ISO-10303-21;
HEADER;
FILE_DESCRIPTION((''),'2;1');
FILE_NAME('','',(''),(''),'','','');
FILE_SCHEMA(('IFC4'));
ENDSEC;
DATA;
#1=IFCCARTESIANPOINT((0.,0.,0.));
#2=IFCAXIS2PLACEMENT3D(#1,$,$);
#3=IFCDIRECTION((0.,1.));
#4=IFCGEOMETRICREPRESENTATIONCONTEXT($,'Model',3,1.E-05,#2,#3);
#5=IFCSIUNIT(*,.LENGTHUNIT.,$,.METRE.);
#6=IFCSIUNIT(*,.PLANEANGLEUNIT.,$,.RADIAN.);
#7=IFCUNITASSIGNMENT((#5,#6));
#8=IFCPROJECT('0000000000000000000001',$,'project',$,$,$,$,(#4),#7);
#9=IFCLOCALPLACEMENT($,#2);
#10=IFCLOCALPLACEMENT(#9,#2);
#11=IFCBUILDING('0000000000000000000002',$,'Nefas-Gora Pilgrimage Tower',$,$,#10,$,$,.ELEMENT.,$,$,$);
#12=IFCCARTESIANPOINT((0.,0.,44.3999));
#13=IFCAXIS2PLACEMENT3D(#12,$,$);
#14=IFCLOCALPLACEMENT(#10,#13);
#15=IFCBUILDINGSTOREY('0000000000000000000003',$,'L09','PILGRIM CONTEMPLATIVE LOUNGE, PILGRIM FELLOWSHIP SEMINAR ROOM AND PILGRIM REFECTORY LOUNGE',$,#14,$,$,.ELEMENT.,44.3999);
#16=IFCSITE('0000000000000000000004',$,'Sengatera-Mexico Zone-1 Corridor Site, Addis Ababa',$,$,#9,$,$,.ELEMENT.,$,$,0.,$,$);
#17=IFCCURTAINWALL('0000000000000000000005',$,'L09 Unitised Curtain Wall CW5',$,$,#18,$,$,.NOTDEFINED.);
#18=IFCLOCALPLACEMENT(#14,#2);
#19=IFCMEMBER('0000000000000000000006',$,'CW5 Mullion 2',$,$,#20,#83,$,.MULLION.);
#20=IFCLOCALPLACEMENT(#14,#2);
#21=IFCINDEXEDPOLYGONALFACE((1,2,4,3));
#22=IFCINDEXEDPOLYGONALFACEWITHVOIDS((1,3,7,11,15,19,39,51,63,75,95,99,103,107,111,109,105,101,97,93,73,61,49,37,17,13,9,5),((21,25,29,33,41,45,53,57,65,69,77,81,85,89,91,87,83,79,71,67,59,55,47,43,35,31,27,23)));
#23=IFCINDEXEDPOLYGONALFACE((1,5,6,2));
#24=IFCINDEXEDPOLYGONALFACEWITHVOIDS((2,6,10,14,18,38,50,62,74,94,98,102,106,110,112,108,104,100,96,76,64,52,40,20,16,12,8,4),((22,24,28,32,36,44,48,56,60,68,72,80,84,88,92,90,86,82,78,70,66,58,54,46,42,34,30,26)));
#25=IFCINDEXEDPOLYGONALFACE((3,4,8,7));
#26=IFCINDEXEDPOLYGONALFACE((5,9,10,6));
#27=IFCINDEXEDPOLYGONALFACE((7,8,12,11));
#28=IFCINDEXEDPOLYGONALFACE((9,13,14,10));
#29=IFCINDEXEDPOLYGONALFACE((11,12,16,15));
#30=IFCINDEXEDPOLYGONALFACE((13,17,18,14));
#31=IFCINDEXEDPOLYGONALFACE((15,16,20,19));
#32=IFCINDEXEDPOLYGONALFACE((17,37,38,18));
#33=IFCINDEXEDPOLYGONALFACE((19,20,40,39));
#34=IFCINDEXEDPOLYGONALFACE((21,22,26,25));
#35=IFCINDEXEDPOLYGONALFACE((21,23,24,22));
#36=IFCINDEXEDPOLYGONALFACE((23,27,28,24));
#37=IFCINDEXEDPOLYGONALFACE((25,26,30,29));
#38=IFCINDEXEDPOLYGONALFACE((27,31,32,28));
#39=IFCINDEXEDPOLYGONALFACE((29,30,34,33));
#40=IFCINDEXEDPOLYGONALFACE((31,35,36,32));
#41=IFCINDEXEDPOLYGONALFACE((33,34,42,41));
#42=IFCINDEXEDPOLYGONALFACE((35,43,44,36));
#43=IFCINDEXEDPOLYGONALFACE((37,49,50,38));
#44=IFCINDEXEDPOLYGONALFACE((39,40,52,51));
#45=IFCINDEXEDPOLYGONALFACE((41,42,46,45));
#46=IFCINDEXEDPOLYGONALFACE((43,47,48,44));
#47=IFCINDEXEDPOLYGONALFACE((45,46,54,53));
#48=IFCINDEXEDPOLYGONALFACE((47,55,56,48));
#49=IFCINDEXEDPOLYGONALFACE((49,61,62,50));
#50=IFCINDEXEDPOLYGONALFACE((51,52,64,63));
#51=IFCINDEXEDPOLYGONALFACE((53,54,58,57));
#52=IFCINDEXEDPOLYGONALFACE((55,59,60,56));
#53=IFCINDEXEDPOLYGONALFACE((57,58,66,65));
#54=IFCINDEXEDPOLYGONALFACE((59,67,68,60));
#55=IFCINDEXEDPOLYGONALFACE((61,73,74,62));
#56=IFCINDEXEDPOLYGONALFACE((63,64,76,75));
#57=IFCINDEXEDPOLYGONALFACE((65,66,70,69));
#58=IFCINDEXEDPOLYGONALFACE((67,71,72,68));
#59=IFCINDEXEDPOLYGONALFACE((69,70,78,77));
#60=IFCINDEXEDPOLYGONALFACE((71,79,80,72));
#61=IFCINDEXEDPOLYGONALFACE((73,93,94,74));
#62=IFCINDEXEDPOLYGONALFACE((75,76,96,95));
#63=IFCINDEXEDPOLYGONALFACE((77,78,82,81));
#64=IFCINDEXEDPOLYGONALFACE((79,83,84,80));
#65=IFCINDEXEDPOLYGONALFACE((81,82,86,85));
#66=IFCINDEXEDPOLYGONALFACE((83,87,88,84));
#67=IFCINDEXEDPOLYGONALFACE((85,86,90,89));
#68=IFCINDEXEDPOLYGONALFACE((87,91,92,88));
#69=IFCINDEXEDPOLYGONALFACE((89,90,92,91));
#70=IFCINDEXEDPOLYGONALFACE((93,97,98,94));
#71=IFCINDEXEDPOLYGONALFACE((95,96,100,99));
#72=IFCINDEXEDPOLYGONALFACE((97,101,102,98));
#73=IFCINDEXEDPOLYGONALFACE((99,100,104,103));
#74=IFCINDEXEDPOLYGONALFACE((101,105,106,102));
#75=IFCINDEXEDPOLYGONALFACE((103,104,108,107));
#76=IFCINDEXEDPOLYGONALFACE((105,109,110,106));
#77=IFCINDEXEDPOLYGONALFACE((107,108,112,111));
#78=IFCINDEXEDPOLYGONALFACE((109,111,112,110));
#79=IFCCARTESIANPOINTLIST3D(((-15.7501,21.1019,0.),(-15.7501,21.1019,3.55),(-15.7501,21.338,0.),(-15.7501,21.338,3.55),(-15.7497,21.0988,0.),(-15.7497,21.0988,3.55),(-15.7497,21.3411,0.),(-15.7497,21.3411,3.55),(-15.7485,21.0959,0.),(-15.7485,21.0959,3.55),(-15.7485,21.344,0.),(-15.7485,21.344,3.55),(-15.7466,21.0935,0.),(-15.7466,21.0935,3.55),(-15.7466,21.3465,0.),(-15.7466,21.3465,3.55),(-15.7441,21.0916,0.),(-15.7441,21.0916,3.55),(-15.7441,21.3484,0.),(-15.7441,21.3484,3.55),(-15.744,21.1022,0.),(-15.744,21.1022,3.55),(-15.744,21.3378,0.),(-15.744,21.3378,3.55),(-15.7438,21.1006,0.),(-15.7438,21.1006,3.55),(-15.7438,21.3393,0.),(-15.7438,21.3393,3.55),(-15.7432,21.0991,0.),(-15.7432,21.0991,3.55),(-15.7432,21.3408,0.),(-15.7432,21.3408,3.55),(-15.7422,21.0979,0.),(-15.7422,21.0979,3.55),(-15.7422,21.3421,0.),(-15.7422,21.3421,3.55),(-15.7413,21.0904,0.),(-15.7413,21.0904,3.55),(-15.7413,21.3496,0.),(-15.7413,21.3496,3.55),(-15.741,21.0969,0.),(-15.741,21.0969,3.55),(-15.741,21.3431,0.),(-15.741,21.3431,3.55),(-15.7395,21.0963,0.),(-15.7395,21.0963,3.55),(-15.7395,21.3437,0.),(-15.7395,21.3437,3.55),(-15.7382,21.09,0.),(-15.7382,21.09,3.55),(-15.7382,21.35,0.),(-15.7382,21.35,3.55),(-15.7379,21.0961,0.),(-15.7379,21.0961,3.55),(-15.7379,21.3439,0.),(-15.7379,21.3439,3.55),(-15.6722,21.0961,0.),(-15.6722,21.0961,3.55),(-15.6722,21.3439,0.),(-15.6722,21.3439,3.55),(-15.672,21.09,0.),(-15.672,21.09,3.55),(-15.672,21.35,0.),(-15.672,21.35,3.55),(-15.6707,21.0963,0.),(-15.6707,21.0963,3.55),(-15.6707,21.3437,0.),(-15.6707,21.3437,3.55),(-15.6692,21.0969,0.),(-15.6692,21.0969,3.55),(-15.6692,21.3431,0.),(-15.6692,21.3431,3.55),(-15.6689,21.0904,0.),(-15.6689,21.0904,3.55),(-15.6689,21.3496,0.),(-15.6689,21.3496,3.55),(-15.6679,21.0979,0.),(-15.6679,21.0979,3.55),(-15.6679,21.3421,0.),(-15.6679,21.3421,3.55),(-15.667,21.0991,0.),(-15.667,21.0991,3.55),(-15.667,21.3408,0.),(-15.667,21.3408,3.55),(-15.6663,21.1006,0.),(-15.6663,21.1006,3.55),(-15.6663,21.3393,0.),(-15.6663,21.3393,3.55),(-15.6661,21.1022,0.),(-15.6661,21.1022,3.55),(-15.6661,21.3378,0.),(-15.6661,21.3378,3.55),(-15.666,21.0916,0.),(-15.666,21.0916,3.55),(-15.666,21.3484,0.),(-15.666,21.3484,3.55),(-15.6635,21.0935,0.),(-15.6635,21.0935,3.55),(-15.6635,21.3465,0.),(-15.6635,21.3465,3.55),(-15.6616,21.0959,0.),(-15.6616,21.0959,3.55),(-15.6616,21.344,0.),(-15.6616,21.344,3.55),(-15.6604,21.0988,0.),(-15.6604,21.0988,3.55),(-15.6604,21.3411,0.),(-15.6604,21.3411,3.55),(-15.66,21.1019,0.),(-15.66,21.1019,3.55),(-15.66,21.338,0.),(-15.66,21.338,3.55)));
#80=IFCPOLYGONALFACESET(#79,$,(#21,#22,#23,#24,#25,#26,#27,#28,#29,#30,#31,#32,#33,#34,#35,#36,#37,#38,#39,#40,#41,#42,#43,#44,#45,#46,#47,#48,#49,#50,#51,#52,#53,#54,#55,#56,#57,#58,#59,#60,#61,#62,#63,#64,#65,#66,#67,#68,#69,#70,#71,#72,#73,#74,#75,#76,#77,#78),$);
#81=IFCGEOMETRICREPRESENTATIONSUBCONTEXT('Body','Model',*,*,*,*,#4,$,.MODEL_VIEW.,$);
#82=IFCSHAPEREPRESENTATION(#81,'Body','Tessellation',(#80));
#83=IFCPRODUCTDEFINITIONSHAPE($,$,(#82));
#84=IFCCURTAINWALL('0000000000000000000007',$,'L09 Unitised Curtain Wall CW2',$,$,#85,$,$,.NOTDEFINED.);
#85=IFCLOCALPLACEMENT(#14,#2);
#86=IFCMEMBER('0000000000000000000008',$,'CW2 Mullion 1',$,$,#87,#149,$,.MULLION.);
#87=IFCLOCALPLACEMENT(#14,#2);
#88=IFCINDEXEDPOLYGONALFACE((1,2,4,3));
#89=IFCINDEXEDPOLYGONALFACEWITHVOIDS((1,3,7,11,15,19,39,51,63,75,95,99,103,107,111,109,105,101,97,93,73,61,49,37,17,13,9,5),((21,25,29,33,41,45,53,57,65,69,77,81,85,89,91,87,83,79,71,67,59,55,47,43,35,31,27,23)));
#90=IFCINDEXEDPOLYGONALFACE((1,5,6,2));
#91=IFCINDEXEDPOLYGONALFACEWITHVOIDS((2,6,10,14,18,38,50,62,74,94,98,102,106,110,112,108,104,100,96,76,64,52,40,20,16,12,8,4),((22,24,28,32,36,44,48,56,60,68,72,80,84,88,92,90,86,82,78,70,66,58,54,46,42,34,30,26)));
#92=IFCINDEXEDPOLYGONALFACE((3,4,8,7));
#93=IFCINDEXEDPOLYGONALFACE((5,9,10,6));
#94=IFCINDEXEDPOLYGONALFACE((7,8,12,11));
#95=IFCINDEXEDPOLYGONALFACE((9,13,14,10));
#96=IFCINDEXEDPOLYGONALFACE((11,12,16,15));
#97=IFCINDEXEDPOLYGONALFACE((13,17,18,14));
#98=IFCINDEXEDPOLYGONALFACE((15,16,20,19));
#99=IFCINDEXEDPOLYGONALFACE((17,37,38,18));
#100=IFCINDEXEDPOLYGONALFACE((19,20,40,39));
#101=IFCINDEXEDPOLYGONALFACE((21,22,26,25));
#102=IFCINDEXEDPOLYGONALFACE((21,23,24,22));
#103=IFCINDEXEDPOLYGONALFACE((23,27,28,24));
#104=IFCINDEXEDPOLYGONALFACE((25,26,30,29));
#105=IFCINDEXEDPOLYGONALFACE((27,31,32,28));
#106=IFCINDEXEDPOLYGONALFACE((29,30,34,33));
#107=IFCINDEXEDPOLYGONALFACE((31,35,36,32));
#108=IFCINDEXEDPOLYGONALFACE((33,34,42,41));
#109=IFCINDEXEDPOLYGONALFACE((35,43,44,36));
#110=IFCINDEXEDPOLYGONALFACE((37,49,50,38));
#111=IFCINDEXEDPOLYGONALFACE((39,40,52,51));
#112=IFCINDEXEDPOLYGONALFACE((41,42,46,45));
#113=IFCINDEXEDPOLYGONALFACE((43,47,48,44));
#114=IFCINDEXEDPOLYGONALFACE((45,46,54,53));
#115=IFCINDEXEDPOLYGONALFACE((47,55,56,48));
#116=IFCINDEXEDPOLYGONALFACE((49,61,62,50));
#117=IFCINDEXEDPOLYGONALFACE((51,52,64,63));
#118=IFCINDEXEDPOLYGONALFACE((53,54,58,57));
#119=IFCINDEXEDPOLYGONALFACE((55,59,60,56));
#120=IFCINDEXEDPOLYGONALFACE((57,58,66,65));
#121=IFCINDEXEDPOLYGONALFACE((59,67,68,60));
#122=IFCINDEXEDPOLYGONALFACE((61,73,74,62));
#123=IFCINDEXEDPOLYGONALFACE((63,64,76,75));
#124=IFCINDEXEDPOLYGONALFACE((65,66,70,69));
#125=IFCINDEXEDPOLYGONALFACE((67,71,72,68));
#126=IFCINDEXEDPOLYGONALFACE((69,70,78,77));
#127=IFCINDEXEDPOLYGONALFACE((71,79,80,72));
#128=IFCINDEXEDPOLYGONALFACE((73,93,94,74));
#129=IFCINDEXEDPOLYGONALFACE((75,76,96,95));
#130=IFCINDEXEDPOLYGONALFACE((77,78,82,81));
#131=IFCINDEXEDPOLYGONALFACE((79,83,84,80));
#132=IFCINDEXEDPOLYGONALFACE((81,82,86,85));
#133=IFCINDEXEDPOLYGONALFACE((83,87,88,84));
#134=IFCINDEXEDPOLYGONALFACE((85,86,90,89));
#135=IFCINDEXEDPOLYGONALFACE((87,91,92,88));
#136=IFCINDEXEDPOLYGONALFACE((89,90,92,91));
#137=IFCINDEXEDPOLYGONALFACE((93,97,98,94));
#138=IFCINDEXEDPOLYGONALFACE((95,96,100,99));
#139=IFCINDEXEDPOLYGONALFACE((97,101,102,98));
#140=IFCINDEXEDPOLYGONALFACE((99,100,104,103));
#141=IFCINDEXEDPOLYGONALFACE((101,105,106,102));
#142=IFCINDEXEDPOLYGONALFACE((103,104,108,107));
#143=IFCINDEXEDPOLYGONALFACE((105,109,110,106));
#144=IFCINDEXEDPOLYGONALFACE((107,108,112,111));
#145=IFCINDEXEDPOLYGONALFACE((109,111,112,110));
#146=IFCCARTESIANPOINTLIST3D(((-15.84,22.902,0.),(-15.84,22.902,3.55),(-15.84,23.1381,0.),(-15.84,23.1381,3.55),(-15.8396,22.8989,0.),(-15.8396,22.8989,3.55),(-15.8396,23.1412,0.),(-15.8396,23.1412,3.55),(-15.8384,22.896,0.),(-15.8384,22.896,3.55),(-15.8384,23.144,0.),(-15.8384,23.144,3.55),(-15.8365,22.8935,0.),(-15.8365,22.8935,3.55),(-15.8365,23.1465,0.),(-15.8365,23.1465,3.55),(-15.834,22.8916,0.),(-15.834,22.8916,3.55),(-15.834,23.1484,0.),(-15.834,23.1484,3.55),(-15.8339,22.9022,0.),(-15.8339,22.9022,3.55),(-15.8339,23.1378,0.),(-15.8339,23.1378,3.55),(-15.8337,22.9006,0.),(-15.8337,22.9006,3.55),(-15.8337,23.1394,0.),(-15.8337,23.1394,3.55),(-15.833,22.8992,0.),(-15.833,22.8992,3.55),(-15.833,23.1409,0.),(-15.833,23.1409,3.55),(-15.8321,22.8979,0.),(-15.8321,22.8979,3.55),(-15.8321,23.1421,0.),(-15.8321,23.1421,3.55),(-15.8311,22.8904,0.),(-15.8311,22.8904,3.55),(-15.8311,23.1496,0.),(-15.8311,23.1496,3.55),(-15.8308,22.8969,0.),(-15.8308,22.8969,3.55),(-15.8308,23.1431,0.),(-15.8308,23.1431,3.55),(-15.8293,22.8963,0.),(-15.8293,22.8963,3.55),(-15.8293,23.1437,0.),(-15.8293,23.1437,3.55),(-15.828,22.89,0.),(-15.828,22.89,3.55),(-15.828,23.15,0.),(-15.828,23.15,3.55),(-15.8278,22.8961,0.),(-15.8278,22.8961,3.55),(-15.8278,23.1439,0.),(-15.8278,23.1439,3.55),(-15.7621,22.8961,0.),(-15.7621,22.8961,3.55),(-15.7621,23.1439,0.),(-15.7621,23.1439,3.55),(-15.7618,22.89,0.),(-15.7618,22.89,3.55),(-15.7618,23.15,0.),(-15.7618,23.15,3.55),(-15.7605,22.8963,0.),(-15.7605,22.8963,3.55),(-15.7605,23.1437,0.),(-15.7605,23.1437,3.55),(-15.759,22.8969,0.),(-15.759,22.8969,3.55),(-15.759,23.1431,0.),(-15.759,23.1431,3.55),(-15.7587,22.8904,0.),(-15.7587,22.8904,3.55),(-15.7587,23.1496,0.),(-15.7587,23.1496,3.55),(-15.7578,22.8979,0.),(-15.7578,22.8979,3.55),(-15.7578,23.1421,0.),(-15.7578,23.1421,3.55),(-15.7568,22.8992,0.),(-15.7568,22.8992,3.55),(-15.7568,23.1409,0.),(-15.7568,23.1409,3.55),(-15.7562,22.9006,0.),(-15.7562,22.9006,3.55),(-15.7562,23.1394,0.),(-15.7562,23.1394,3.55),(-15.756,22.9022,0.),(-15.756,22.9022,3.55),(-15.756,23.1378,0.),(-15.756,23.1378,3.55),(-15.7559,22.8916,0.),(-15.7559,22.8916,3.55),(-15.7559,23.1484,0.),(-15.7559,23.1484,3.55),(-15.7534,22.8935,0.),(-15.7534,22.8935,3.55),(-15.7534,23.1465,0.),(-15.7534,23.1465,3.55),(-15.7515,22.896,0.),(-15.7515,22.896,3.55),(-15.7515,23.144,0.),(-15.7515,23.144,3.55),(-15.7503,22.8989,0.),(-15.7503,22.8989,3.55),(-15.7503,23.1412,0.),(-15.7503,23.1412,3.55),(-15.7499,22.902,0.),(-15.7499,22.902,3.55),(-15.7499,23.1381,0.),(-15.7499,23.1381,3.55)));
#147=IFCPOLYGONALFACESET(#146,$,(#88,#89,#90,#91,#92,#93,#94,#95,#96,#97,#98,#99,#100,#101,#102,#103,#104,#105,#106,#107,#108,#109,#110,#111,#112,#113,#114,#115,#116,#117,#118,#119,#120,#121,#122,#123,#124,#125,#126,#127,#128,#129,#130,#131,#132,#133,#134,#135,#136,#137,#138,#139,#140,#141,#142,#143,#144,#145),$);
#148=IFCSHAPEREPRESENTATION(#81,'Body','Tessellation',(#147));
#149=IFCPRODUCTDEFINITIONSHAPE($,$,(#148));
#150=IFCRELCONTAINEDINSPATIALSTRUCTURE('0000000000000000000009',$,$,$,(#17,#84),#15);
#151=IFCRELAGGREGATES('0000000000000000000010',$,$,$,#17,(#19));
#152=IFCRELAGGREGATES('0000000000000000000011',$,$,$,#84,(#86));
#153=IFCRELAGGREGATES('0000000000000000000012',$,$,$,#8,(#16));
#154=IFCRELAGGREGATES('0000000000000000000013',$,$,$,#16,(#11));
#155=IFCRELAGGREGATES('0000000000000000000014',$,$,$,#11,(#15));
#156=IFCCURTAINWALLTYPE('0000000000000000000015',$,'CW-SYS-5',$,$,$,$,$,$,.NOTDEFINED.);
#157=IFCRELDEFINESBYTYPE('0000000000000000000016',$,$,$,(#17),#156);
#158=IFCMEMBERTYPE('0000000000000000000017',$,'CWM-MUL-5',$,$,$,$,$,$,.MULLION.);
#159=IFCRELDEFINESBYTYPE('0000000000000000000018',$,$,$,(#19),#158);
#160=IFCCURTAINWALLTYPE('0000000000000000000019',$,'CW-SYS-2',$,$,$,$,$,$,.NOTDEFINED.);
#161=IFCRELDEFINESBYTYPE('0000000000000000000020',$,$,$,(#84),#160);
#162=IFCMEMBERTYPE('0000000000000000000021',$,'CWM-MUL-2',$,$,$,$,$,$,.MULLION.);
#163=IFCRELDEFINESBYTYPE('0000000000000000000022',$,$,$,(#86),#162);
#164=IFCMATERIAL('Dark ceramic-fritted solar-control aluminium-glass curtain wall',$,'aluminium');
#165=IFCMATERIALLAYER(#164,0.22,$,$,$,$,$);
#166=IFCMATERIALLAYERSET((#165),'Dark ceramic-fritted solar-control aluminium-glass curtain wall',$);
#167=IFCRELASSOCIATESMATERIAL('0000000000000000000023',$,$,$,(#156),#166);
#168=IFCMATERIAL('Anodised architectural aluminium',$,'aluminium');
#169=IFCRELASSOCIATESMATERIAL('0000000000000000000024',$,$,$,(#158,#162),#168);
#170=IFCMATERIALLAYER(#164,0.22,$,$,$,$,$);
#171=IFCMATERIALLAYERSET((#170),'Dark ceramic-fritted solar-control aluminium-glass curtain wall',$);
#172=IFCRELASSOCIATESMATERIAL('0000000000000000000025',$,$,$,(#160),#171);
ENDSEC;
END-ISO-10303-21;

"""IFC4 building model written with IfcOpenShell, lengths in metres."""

from ifc_helpers import new_model, si_unit, direction, frame, origin, origin_2d, place, context, subcontext, project, spatial, hollow_rectangle, extrude, source, transform, mapped, material, layer, layer_set, material_profile, profile_set, type_object, element, aggregate, save


model = new_model("IFC4")

# Units and contexts
model_context = context("Model", 3, precision=1e-05, world=origin(), true_north=direction((0.0, 1.0)))
body_context = subcontext(model_context, "Body", "Model", "MODEL_VIEW")
ifc_project = project(units=[si_unit("LENGTHUNIT", "METRE"), si_unit("PLANEANGLEUNIT", "RADIAN")], contexts=[model_context])

# Site, building, storey
site_placement = place(None, origin())
site = spatial("IfcSite", under=ifc_project, at=site_placement, Name="Sengatera-Mexico Zone-1 Corridor Site, Addis Ababa", CompositionType="ELEMENT", RefElevation=0.0)
building_placement = place(site_placement, origin())
building = spatial("IfcBuilding", under=site, at=building_placement, Name="Nefas-Gora Pilgrimage Tower", CompositionType="ELEMENT")
storey_placement = place(building_placement, frame((0.0, 0.0, 44.3999)))
storey = spatial("IfcBuildingStorey", under=building, at=storey_placement, Name="L09", Description="PILGRIM CONTEMPLATIVE LOUNGE, PILGRIM FELLOWSHIP SEMINAR ROOM AND PILGRIM REFECTORY LOUNGE", CompositionType="ELEMENT", Elevation=44.3999)

# Curtain wall, member
ifc_material_1 = material(Name="Dark ceramic-fritted solar-control aluminium-glass curtain wall", Category="aluminium")
ifc_layer_1 = layer(ifc_material_1, 0.22)
ifc_layer_set_1 = layer_set([ifc_layer_1], Name="Dark ceramic-fritted solar-control aluminium-glass curtain wall")
curtain_wall_type_1 = type_object("IfcCurtainWallType", Name="CW-SYS-5", PredefinedType="NOTDEFINED", material=ifc_layer_set_1)
curtain_wall_1_placement = place(storey_placement, origin())
curtain_wall_1 = element("IfcCurtainWall", 1, at=curtain_wall_1_placement, inside=storey, type_object=curtain_wall_type_1, Name="L09 Unitised Curtain Wall CW5", PredefinedType="NOTDEFINED")
ifc_material_2 = material(Name="Anodised architectural aluminium", Category="aluminium")
ifc_material_profile_1 = material_profile(ifc_material_2, hollow_rectangle(XDim=0.0901, YDim=0.26, WallThickness=0.0061, InnerFilletRadius=0.0061, OuterFilletRadius=0.012, at=origin_2d()), Name="ALU MULLION 90x260")
ifc_profile_set_1 = profile_set([ifc_material_profile_1], Name="Anodised architectural aluminium")
member_type_1 = type_object("IfcMemberType", Name="CWM-MUL-5", PredefinedType="MULLION", material=ifc_profile_set_1)
shared_shape_1 = source(origin(), body_context, "Body", "SweptSolid", [
    extrude(hollow_rectangle(XDim=0.0901, YDim=0.26, WallThickness=0.0061, InnerFilletRadius=0.0061, OuterFilletRadius=0.012, at=origin_2d()), origin(), (0.0, 0.0, 1.0), 3.55),
])
member_1_placement = place(storey_placement, frame((-15.7051, 21.22, 0.0), z_axis=(0.0, 0.0, 1.0), x_axis=(-1.0, 0.0, 0.0)))
member_1 = element("IfcMember", 2, at=member_1_placement, type_object=member_type_1, Name="CW5 Mullion 2", PredefinedType="MULLION", context=body_context, shape_type="MappedRepresentation", body=[
    mapped(shared_shape_1, transform((0.0, 0.0, 0.0), x_axis=(1.0, 0.0, 0.0), y_axis=(0.0, 1.0, 0.0), z_axis=(0.0, 0.0, 1.0), scale=1.0)),
])

# Curtain wall, member
ifc_layer_2 = layer(ifc_material_1, 0.22)
ifc_layer_set_2 = layer_set([ifc_layer_2], Name="Dark ceramic-fritted solar-control aluminium-glass curtain wall")
curtain_wall_type_2 = type_object("IfcCurtainWallType", Name="CW-SYS-2", PredefinedType="NOTDEFINED", material=ifc_layer_set_2)
curtain_wall_2_placement = place(storey_placement, origin())
curtain_wall_2 = element("IfcCurtainWall", 3, at=curtain_wall_2_placement, inside=storey, type_object=curtain_wall_type_2, Name="L09 Unitised Curtain Wall CW2", PredefinedType="NOTDEFINED")
ifc_material_profile_2 = material_profile(ifc_material_2, hollow_rectangle(XDim=0.0901, YDim=0.26, WallThickness=0.0061, InnerFilletRadius=0.0061, OuterFilletRadius=0.012, at=origin_2d()), Name="ALU MULLION 90x260")
ifc_profile_set_2 = profile_set([ifc_material_profile_2], Name="Anodised architectural aluminium")
member_type_2 = type_object("IfcMemberType", Name="CWM-MUL-2", PredefinedType="MULLION", material=ifc_profile_set_2)
shared_shape_2 = source(origin(), body_context, "Body", "SweptSolid", [
    extrude(hollow_rectangle(XDim=0.0901, YDim=0.26, WallThickness=0.0061, InnerFilletRadius=0.0061, OuterFilletRadius=0.012, at=origin_2d()), origin(), (0.0, 0.0, 1.0), 3.55),
])
member_2_placement = place(storey_placement, frame((-15.7949, 23.02, 0.0), z_axis=(0.0, 0.0, 1.0), x_axis=(-1.0, 0.0, 0.0)))
member_2 = element("IfcMember", 4, at=member_2_placement, type_object=member_type_2, Name="CW2 Mullion 1", PredefinedType="MULLION", context=body_context, shape_type="MappedRepresentation", body=[
    mapped(shared_shape_2, transform((0.0, 0.0, 0.0), x_axis=(1.0, 0.0, 0.0), y_axis=(0.0, 1.0, 0.0), z_axis=(0.0, 0.0, 1.0), scale=1.0)),
])

aggregate(curtain_wall_1, [member_1])
aggregate(curtain_wall_2, [member_2])

save(model, "model.ifc")
